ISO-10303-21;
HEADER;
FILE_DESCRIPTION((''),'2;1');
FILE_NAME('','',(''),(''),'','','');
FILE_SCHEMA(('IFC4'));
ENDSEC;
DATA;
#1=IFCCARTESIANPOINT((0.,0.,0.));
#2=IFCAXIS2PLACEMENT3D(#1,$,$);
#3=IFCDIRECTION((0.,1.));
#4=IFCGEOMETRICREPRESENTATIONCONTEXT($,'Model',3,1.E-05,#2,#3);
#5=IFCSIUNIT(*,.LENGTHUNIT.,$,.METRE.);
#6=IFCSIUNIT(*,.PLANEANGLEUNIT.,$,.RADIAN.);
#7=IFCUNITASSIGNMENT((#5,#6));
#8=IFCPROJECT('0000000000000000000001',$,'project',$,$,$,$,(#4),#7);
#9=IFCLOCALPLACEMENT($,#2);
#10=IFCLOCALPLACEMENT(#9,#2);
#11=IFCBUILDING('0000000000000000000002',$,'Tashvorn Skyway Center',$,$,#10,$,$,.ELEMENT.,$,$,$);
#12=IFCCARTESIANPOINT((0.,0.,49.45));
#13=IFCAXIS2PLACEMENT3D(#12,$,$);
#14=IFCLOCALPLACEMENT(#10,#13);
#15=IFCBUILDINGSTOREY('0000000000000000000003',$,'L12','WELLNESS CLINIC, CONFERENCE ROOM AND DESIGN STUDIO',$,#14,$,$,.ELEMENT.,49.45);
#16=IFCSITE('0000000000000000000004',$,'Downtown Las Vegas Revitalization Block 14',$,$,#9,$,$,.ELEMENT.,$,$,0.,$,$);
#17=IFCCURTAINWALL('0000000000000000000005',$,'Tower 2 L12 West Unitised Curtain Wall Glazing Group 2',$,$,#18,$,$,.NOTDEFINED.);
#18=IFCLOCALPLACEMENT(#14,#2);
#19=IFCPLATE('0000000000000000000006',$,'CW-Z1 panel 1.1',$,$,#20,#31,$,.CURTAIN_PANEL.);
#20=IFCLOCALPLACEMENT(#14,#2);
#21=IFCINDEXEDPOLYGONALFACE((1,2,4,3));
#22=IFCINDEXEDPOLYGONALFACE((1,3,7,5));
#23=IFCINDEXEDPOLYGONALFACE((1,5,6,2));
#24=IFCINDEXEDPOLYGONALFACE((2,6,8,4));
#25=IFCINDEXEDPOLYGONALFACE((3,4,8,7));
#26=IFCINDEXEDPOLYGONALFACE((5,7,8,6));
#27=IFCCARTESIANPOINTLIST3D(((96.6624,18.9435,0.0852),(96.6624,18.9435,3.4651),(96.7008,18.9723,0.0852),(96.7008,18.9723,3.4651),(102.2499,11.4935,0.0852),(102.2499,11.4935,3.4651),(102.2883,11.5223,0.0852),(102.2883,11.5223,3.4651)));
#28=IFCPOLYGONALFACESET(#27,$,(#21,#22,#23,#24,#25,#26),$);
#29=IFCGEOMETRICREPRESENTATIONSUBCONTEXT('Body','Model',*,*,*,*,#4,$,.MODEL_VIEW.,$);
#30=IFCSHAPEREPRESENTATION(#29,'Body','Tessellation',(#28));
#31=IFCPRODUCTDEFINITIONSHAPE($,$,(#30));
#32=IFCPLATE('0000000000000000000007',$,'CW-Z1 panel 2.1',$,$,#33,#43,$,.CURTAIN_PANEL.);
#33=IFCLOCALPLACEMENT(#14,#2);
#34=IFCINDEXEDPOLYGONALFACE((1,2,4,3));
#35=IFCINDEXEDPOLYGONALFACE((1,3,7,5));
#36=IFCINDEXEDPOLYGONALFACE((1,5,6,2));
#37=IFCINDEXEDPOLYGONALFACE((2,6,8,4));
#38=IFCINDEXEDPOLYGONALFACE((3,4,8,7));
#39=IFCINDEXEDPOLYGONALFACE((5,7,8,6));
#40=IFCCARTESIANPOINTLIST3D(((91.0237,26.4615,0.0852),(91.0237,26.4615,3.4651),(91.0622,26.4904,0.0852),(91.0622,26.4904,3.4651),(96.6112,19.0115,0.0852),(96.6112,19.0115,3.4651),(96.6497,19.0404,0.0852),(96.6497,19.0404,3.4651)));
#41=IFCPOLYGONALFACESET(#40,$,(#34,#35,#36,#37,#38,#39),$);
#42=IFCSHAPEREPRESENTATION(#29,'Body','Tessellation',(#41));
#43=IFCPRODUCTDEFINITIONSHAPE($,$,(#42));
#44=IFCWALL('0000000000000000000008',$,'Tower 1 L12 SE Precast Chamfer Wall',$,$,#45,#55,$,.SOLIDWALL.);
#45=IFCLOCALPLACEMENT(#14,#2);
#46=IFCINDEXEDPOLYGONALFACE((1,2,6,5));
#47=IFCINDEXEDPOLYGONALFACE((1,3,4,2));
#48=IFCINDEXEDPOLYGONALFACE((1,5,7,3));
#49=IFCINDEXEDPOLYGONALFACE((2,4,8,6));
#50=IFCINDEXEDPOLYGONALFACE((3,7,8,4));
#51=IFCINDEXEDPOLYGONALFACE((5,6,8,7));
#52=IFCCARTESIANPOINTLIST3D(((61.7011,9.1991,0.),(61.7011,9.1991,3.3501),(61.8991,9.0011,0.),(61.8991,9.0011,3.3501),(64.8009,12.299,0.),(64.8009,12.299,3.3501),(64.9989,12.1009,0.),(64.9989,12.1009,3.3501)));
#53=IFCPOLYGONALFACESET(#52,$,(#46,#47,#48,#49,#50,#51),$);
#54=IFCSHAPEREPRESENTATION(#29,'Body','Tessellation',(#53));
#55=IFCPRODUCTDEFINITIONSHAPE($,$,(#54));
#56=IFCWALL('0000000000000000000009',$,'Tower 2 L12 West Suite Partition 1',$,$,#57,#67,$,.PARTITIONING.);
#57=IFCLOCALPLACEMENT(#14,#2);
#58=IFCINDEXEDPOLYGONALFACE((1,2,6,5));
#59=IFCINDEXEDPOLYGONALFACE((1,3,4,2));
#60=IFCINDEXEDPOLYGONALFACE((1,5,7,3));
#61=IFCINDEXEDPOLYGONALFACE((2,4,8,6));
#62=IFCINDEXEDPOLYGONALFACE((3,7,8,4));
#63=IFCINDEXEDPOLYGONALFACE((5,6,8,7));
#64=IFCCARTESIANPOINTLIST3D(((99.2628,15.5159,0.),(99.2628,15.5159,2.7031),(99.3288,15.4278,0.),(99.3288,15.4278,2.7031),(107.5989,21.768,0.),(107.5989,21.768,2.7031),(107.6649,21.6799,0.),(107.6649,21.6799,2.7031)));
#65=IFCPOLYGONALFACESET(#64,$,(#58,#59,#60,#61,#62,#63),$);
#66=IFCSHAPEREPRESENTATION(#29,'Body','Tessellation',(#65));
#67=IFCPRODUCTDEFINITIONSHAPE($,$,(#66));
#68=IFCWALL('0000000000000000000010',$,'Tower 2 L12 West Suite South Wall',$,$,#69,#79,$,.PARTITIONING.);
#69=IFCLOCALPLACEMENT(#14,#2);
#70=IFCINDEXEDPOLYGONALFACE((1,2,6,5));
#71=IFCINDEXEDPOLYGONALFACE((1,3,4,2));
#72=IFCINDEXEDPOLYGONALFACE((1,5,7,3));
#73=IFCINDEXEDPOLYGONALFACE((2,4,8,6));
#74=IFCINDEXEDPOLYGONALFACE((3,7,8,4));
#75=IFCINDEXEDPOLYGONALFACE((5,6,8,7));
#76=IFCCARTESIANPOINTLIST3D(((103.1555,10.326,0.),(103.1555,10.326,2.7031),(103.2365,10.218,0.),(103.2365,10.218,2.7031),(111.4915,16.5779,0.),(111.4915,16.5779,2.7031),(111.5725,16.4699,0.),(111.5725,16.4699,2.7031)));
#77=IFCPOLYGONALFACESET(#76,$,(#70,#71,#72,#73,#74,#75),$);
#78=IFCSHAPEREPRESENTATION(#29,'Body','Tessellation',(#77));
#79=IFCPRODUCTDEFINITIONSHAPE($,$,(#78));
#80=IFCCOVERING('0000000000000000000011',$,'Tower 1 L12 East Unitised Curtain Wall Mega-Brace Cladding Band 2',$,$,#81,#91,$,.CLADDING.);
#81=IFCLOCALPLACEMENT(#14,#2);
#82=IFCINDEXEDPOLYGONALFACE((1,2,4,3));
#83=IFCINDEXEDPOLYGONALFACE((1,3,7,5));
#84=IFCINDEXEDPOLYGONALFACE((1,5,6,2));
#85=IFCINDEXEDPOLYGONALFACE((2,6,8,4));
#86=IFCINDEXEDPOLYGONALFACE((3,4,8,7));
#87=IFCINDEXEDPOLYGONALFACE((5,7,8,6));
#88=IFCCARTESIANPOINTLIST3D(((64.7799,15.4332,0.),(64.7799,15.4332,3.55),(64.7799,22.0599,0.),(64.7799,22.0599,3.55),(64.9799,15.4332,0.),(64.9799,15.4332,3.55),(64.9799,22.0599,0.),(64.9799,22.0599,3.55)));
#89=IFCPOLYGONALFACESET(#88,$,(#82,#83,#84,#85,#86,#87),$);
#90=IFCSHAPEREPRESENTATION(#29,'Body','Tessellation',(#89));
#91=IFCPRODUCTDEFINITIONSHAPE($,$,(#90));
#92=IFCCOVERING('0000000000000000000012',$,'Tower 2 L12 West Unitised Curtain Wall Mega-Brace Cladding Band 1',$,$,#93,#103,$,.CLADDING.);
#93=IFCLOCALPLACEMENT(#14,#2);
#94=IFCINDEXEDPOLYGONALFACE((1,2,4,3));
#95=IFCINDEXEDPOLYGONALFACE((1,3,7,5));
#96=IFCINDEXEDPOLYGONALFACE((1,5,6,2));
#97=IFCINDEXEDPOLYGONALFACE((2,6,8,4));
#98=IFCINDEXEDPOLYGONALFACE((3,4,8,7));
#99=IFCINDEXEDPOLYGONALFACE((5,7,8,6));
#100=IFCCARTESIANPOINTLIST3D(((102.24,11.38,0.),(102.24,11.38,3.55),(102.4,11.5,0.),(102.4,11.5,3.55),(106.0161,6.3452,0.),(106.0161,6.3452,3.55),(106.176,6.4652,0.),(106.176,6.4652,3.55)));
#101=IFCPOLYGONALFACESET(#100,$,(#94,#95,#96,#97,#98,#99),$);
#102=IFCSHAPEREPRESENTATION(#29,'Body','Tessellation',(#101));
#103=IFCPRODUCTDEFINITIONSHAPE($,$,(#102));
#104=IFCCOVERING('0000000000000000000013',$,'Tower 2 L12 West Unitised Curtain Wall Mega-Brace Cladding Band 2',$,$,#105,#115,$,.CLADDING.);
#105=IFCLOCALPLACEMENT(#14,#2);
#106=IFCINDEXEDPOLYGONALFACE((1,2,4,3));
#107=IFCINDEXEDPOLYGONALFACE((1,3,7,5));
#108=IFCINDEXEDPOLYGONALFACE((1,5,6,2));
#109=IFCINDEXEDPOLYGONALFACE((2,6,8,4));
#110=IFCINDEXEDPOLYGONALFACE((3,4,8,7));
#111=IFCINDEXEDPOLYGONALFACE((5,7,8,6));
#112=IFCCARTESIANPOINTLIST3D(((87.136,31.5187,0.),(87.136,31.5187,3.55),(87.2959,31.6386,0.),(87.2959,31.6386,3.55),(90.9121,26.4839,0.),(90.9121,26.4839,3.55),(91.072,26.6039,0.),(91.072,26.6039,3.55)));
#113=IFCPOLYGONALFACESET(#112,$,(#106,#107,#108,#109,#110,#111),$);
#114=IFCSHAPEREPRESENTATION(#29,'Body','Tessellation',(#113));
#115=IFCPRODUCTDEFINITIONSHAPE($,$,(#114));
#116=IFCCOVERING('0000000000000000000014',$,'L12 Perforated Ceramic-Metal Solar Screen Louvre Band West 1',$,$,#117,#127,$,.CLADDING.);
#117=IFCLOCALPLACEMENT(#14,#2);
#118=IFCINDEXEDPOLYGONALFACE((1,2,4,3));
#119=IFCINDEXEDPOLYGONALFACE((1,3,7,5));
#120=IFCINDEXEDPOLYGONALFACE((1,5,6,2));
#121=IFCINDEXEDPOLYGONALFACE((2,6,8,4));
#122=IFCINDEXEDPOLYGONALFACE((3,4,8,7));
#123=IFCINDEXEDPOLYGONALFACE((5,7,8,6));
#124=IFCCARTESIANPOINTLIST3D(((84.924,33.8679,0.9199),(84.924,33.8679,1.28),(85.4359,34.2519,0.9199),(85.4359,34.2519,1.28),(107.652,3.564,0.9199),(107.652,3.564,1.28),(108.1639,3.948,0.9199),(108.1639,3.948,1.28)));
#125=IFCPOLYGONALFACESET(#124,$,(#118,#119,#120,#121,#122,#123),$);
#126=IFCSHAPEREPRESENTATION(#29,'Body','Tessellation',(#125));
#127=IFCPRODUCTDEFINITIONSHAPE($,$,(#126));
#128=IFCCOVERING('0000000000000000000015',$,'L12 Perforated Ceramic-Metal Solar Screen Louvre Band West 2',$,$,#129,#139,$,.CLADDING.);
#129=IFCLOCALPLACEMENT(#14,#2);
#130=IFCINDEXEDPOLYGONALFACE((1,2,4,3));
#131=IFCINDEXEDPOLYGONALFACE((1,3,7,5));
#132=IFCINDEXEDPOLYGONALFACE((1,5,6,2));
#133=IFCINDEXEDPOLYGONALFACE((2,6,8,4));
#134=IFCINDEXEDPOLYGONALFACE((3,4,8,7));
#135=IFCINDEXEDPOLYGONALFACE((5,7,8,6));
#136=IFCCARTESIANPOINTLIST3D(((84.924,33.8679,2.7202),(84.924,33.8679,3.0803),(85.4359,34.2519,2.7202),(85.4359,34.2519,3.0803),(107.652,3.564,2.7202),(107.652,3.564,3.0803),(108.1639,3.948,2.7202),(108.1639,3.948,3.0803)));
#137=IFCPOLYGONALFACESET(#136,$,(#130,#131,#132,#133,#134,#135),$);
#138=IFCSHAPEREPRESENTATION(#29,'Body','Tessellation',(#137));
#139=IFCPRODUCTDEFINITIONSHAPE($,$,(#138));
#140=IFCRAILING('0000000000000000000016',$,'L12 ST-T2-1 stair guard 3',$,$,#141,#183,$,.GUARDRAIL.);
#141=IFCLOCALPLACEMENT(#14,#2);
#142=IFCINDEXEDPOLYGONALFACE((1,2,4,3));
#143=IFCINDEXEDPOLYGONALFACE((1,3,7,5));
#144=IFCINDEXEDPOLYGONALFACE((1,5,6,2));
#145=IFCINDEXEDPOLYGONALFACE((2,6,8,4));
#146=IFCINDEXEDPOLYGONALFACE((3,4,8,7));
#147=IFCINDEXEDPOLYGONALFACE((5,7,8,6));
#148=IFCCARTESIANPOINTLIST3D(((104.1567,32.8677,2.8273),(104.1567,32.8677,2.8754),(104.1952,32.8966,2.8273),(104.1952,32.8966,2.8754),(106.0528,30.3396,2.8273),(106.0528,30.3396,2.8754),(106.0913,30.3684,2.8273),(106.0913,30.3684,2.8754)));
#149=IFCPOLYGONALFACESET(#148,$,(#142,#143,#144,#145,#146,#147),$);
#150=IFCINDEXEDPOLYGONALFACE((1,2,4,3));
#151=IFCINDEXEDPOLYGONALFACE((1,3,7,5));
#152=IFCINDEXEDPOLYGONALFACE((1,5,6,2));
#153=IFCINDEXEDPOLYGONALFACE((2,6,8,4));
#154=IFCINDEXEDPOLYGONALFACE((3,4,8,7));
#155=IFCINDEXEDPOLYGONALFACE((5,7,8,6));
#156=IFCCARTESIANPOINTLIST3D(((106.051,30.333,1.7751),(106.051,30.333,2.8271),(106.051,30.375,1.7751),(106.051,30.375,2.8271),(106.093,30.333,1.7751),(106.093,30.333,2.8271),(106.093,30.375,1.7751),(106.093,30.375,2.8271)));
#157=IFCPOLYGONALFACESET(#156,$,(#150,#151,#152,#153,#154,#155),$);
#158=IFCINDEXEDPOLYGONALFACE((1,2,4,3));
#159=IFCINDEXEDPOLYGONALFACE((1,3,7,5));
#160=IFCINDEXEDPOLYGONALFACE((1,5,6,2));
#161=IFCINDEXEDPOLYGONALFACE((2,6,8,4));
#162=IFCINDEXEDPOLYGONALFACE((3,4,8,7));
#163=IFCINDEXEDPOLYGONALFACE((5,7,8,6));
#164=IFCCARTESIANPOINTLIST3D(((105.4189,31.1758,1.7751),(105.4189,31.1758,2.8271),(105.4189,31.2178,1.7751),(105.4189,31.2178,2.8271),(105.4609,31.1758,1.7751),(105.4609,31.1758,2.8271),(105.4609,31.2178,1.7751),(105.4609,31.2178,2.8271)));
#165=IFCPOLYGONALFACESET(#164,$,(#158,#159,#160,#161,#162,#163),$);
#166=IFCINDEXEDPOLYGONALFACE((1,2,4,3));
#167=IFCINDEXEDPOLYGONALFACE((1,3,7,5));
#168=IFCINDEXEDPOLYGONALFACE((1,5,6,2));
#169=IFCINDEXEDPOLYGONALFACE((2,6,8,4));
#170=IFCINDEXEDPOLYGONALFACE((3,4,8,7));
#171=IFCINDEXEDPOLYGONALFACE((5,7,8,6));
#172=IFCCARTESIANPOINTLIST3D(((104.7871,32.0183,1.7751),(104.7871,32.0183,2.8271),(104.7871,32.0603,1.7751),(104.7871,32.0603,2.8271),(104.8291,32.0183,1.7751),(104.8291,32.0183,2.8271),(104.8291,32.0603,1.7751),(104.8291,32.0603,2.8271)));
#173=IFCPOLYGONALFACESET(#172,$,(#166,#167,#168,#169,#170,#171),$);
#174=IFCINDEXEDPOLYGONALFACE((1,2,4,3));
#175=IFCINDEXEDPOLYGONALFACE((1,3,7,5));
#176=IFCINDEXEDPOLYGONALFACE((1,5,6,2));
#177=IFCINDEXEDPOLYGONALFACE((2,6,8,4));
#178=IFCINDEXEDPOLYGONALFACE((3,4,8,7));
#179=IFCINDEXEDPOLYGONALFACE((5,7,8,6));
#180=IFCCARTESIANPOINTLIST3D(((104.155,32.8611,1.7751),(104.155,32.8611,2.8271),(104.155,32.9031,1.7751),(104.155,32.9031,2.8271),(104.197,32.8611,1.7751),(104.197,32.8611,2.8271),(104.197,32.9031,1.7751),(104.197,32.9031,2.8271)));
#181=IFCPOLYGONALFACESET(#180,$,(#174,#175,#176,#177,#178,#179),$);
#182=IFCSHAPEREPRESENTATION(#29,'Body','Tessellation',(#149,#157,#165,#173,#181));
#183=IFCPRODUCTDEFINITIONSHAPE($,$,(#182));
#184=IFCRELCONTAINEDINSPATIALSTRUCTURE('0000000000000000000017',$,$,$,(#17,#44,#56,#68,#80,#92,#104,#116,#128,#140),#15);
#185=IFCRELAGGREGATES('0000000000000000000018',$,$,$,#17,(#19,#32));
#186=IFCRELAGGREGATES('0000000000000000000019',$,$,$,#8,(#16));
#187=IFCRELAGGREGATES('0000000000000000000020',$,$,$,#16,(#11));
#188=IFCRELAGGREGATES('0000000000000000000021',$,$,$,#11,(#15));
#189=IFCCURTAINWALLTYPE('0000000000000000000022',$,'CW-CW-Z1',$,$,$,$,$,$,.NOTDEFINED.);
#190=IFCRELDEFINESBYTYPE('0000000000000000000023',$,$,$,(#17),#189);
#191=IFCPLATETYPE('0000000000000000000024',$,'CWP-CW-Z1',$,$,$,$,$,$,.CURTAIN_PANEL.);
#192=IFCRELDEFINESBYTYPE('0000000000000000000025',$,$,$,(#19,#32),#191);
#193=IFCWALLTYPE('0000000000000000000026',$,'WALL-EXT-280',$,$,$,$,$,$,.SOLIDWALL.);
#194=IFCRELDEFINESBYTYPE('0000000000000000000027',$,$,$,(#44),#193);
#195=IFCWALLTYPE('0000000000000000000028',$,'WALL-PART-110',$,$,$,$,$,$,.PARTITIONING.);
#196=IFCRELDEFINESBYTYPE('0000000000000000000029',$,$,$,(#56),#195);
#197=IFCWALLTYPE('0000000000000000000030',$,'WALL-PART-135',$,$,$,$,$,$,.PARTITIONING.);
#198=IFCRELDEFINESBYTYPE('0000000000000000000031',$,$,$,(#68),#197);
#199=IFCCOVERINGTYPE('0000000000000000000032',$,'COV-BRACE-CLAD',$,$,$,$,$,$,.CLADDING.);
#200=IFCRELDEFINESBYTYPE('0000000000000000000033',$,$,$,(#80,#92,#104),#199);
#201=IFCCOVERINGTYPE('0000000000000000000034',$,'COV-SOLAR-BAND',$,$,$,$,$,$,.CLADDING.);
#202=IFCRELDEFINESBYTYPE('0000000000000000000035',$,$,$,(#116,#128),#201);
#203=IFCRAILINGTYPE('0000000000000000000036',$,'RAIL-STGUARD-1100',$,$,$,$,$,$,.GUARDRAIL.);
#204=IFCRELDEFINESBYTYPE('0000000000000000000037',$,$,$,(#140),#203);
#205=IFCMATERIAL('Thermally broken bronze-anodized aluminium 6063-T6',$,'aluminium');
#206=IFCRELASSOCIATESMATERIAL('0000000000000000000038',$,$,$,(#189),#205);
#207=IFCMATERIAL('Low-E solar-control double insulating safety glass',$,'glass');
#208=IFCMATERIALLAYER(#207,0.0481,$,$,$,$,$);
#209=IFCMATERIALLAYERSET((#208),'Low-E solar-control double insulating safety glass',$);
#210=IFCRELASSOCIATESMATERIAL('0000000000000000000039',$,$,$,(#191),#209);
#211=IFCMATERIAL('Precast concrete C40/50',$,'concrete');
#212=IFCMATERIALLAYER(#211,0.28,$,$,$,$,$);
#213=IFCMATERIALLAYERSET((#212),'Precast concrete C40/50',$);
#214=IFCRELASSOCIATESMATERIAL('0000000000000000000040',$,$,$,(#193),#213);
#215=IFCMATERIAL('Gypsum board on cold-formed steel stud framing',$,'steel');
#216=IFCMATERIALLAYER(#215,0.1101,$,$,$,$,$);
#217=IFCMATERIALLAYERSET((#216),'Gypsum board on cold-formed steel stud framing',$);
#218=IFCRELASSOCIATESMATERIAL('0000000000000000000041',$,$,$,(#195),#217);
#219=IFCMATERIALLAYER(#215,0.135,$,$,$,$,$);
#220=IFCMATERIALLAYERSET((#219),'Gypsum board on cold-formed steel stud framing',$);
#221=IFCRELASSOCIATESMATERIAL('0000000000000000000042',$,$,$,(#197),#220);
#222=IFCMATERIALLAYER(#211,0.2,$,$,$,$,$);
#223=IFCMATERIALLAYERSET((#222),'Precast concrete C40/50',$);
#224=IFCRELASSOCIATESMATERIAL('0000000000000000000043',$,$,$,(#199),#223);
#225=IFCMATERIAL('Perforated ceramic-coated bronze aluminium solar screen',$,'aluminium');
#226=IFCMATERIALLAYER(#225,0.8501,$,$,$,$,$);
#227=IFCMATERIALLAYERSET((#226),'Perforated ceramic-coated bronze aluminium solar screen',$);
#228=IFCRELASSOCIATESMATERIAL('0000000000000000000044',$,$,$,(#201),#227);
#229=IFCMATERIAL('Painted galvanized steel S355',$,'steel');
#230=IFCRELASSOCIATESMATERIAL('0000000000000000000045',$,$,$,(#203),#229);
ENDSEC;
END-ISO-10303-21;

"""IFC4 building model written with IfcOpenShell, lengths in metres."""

from ifc_helpers import new_model, si_unit, direction, frame, frame_2d, origin, origin_2d, place, context, subcontext, project, spatial, rectangle, extrude, material, layer, layer_set, type_object, element, aggregate, save


model = new_model("IFC4")

# Units and contexts
model_context = context("Model", 3, precision=1e-05, world=origin(), true_north=direction((0.0, 1.0)))
body_context = subcontext(model_context, "Body", "Model", "MODEL_VIEW")
ifc_project = project(units=[si_unit("LENGTHUNIT", "METRE"), si_unit("PLANEANGLEUNIT", "RADIAN")], contexts=[model_context])

# Site, building, storey
site_placement = place(None, origin())
site = spatial("IfcSite", under=ifc_project, at=site_placement, Name="Downtown Las Vegas Revitalization Block 14", CompositionType="ELEMENT", RefElevation=0.0)
building_placement = place(site_placement, origin())
building = spatial("IfcBuilding", under=site, at=building_placement, Name="Tashvorn Skyway Center", CompositionType="ELEMENT")
storey_placement = place(building_placement, frame((0.0, 0.0, 49.45)))
storey = spatial("IfcBuildingStorey", under=building, at=storey_placement, Name="L12", Description="WELLNESS CLINIC, CONFERENCE ROOM AND DESIGN STUDIO", CompositionType="ELEMENT", Elevation=49.45)

# Shared definitions
ifc_material_1 = material(Name="Thermally broken bronze-anodized aluminium 6063-T6", Category="aluminium")
curtain_wall_type = type_object("IfcCurtainWallType", Name="CW-CW-Z1", PredefinedType="NOTDEFINED", material=ifc_material_1)

# Curtain wall
curtain_wall_1_placement = place(storey_placement, origin())
curtain_wall_1 = element("IfcCurtainWall", 1, at=curtain_wall_1_placement, inside=storey, type_object=curtain_wall_type, Name="Tower 2 L12 West Unitised Curtain Wall Glazing Group 2", PredefinedType="NOTDEFINED")

# Plates
ifc_material_2 = material(Name="Low-E solar-control double insulating safety glass", Category="glass")
ifc_layer_1 = layer(ifc_material_2, 0.0481)
ifc_layer_set_1 = layer_set([ifc_layer_1], Name="Low-E solar-control double insulating safety glass")
plate_type = type_object("IfcPlateType", Name="CWP-CW-Z1", PredefinedType="CURTAIN_PANEL", material=ifc_layer_set_1)
plate_1_placement = place(storey_placement, frame((99.4753, 15.2329, 0.0852), z_axis=(0.0, 0.0, 1.0), x_axis=(-0.6, 0.8, 0.0)))
plate_1 = element("IfcPlate", 2, at=plate_1_placement, type_object=plate_type, Name="CW-Z1 panel 1.1", PredefinedType="CURTAIN_PANEL", context=body_context, shape_type="SweptSolid", body=[
    extrude(rectangle(XDim=9.3125, YDim=0.0481, at=origin_2d()), origin(), (0.0, 0.0, 1.0), 3.3799),
])
plate_2_placement = place(storey_placement, frame((93.8367, 22.751, 0.0852), z_axis=(0.0, 0.0, 1.0), x_axis=(-0.6, 0.8, 0.0)))
plate_2 = element("IfcPlate", 3, at=plate_2_placement, type_object=plate_type, Name="CW-Z1 panel 2.1", PredefinedType="CURTAIN_PANEL", context=body_context, shape_type="SweptSolid", body=[
    extrude(rectangle(XDim=9.3125, YDim=0.0481, at=origin_2d()), origin(), (0.0, 0.0, 1.0), 3.3799),
])
aggregate(curtain_wall_1, [plate_1, plate_2])

# Walls
ifc_material_3 = material(Name="Precast concrete C40/50", Category="concrete")
ifc_layer_2 = layer(ifc_material_3, 0.28)
ifc_layer_set_2 = layer_set([ifc_layer_2], Name="Precast concrete C40/50")
wall_type_1 = type_object("IfcWallType", Name="WALL-EXT-280", PredefinedType="SOLIDWALL", material=ifc_layer_set_2)
wall_1_placement = place(storey_placement, frame((64.8999, 12.2, 0.0), z_axis=(0.0, 0.0, 1.0), x_axis=(-0.707107, -0.707107, 0.0)))
element("IfcWall", 4, at=wall_1_placement, inside=storey, type_object=wall_type_1, Name="Tower 1 L12 SE Precast Chamfer Wall", PredefinedType="SOLIDWALL", context=body_context, shape_type="SweptSolid", body=[
    extrude(rectangle(XDim=4.3838, YDim=0.28, at=frame_2d((2.1919, 0.0))), origin(), (0.0, 0.0, 1.0), 3.3501),
])
ifc_material_4 = material(Name="Gypsum board on cold-formed steel stud framing", Category="steel")
ifc_layer_3 = layer(ifc_material_4, 0.1101)
ifc_layer_set_3 = layer_set([ifc_layer_3], Name="Gypsum board on cold-formed steel stud framing")
wall_type_2 = type_object("IfcWallType", Name="WALL-PART-110", PredefinedType="PARTITIONING", material=ifc_layer_set_3)
wall_2_placement = place(storey_placement, frame((99.2959, 15.4719, 0.0), z_axis=(0.0, 0.0, 1.0), x_axis=(0.799997, 0.600004, 0.0)))
element("IfcWall", 5, at=wall_2_placement, inside=storey, type_object=wall_type_2, Name="Tower 2 L12 West Suite Partition 1", PredefinedType="PARTITIONING", context=body_context, shape_type="SweptSolid", body=[
    extrude(rectangle(XDim=10.4202, YDim=0.1101, at=frame_2d((5.21, 0.0))), origin(), (0.0, 0.0, 1.0), 2.7031),
])
ifc_layer_4 = layer(ifc_material_4, 0.135)
ifc_layer_set_4 = layer_set([ifc_layer_4], Name="Gypsum board on cold-formed steel stud framing")
wall_type_3 = type_object("IfcWallType", Name="WALL-PART-135", PredefinedType="PARTITIONING", material=ifc_layer_set_4)
wall_3_placement = place(storey_placement, frame((103.196, 10.272, 0.0), z_axis=(0.0, 0.0, 1.0), x_axis=(0.8, 0.6, 0.0)))
element("IfcWall", 6, at=wall_3_placement, inside=storey, type_object=wall_type_3, Name="Tower 2 L12 West Suite South Wall", PredefinedType="PARTITIONING", context=body_context, shape_type="SweptSolid", body=[
    extrude(rectangle(XDim=10.4199, YDim=0.135, at=frame_2d((5.21, 0.0))), origin(), (0.0, 0.0, 1.0), 2.7031),
])

# Coverings
ifc_layer_5 = layer(ifc_material_3, 0.2)
ifc_layer_set_5 = layer_set([ifc_layer_5], Name="Precast concrete C40/50")
covering_type_1 = type_object("IfcCoveringType", Name="COV-BRACE-CLAD", PredefinedType="CLADDING", material=ifc_layer_set_5)
covering_placement = place(storey_placement, frame((64.8799, 18.7466, 0.0), z_axis=(0.0, 0.0, 1.0), x_axis=(0.0, -1.0, 0.0)))
element("IfcCovering", 7, at=covering_placement, inside=storey, type_object=covering_type_1, Name="Tower 1 L12 East Unitised Curtain Wall Mega-Brace Cladding Band 2", PredefinedType="CLADDING", context=body_context, shape_type="SweptSolid", body=[
    extrude(rectangle(XDim=6.6267, YDim=0.2, at=origin_2d()), origin(), (0.0, 0.0, 1.0), 3.55),
])
for number, where, z_axis, x_axis, name in (
    (8, (104.208, 8.9226, 0.0), (0.0, 0.0, 1.0), (-0.6, 0.8, 0.0), "Tower 2 L12 West Unitised Curtain Wall Mega-Brace Cladding Band 1"),
    (9, (89.104, 29.0613, 0.0), (0.0, 0.0, 1.0), (-0.6, 0.8, 0.0), "Tower 2 L12 West Unitised Curtain Wall Mega-Brace Cladding Band 2"),
):
    element("IfcCovering", number, at=place(storey_placement, frame(where, z_axis=z_axis, x_axis=x_axis)), inside=storey, type_object=covering_type_1, Name=name, PredefinedType="CLADDING", context=body_context, shape_type="SweptSolid", body=[
        extrude(rectangle(XDim=6.2935, YDim=0.2, at=origin_2d()), origin(), (0.0, 0.0, 1.0), 3.55),
    ])
ifc_material_5 = material(Name="Perforated ceramic-coated bronze aluminium solar screen", Category="aluminium")
ifc_layer_6 = layer(ifc_material_5, 0.8501)
ifc_layer_set_6 = layer_set([ifc_layer_6], Name="Perforated ceramic-coated bronze aluminium solar screen")
covering_type_2 = type_object("IfcCoveringType", Name="COV-SOLAR-BAND", PredefinedType="CLADDING", material=ifc_layer_set_6)
for number, where, z_axis, x_axis, name in (
    (10, (96.5439, 18.908, 0.9199), (0.0, 0.0, 1.0), (-0.6, 0.8, 0.0), "L12 Perforated Ceramic-Metal Solar Screen Louvre Band West 1"),
    (11, (96.5439, 18.908, 2.7202), (0.0, 0.0, 1.0), (-0.6, 0.8, 0.0), "L12 Perforated Ceramic-Metal Solar Screen Louvre Band West 2"),
):
    element("IfcCovering", number, at=place(storey_placement, frame(where, z_axis=z_axis, x_axis=x_axis)), inside=storey, type_object=covering_type_2, Name=name, PredefinedType="CLADDING", context=body_context, shape_type="SweptSolid", body=[
        extrude(rectangle(XDim=37.8799, YDim=0.6399, at=origin_2d()), origin(), (0.0, 0.0, 1.0), 0.3601),
    ])

# Railing
ifc_material_6 = material(Name="Painted galvanized steel S355", Category="steel")
railing_type = type_object("IfcRailingType", Name="RAIL-STGUARD-1100", PredefinedType="GUARDRAIL", material=ifc_material_6)
railing_placement = place(storey_placement, frame((106.072, 30.354, 1.7751)))
element("IfcRailing", 12, at=railing_placement, inside=storey, type_object=railing_type, Name="L12 ST-T2-1 stair guard 3", PredefinedType="GUARDRAIL", context=body_context, shape_type="SweptSolid", body=[
    extrude(rectangle(XDim=0.0481, YDim=0.0481, at=origin_2d()), frame((0.0, 0.0, 1.0762), z_axis=(-0.599988, 0.800009, 0.0), x_axis=(-0.800009, -0.599988, 0.0)), (0.0, 0.0, 1.0), 3.1602),
    extrude(rectangle(XDim=0.042, YDim=0.042, at=origin_2d()), origin(), (0.0, 0.0, 1.0), 1.052),
    extrude(rectangle(XDim=0.042, YDim=0.042, at=origin_2d()), frame((-0.6321, 0.8428, 0.0)), (0.0, 0.0, 1.0), 1.052),
    extrude(rectangle(XDim=0.042, YDim=0.042, at=origin_2d()), frame((-1.2639, 1.6853, 0.0)), (0.0, 0.0, 1.0), 1.052),
    extrude(rectangle(XDim=0.042, YDim=0.042, at=origin_2d()), frame((-1.896, 2.5281, 0.0)), (0.0, 0.0, 1.0), 1.052),
])

save(model, "model.ifc")
